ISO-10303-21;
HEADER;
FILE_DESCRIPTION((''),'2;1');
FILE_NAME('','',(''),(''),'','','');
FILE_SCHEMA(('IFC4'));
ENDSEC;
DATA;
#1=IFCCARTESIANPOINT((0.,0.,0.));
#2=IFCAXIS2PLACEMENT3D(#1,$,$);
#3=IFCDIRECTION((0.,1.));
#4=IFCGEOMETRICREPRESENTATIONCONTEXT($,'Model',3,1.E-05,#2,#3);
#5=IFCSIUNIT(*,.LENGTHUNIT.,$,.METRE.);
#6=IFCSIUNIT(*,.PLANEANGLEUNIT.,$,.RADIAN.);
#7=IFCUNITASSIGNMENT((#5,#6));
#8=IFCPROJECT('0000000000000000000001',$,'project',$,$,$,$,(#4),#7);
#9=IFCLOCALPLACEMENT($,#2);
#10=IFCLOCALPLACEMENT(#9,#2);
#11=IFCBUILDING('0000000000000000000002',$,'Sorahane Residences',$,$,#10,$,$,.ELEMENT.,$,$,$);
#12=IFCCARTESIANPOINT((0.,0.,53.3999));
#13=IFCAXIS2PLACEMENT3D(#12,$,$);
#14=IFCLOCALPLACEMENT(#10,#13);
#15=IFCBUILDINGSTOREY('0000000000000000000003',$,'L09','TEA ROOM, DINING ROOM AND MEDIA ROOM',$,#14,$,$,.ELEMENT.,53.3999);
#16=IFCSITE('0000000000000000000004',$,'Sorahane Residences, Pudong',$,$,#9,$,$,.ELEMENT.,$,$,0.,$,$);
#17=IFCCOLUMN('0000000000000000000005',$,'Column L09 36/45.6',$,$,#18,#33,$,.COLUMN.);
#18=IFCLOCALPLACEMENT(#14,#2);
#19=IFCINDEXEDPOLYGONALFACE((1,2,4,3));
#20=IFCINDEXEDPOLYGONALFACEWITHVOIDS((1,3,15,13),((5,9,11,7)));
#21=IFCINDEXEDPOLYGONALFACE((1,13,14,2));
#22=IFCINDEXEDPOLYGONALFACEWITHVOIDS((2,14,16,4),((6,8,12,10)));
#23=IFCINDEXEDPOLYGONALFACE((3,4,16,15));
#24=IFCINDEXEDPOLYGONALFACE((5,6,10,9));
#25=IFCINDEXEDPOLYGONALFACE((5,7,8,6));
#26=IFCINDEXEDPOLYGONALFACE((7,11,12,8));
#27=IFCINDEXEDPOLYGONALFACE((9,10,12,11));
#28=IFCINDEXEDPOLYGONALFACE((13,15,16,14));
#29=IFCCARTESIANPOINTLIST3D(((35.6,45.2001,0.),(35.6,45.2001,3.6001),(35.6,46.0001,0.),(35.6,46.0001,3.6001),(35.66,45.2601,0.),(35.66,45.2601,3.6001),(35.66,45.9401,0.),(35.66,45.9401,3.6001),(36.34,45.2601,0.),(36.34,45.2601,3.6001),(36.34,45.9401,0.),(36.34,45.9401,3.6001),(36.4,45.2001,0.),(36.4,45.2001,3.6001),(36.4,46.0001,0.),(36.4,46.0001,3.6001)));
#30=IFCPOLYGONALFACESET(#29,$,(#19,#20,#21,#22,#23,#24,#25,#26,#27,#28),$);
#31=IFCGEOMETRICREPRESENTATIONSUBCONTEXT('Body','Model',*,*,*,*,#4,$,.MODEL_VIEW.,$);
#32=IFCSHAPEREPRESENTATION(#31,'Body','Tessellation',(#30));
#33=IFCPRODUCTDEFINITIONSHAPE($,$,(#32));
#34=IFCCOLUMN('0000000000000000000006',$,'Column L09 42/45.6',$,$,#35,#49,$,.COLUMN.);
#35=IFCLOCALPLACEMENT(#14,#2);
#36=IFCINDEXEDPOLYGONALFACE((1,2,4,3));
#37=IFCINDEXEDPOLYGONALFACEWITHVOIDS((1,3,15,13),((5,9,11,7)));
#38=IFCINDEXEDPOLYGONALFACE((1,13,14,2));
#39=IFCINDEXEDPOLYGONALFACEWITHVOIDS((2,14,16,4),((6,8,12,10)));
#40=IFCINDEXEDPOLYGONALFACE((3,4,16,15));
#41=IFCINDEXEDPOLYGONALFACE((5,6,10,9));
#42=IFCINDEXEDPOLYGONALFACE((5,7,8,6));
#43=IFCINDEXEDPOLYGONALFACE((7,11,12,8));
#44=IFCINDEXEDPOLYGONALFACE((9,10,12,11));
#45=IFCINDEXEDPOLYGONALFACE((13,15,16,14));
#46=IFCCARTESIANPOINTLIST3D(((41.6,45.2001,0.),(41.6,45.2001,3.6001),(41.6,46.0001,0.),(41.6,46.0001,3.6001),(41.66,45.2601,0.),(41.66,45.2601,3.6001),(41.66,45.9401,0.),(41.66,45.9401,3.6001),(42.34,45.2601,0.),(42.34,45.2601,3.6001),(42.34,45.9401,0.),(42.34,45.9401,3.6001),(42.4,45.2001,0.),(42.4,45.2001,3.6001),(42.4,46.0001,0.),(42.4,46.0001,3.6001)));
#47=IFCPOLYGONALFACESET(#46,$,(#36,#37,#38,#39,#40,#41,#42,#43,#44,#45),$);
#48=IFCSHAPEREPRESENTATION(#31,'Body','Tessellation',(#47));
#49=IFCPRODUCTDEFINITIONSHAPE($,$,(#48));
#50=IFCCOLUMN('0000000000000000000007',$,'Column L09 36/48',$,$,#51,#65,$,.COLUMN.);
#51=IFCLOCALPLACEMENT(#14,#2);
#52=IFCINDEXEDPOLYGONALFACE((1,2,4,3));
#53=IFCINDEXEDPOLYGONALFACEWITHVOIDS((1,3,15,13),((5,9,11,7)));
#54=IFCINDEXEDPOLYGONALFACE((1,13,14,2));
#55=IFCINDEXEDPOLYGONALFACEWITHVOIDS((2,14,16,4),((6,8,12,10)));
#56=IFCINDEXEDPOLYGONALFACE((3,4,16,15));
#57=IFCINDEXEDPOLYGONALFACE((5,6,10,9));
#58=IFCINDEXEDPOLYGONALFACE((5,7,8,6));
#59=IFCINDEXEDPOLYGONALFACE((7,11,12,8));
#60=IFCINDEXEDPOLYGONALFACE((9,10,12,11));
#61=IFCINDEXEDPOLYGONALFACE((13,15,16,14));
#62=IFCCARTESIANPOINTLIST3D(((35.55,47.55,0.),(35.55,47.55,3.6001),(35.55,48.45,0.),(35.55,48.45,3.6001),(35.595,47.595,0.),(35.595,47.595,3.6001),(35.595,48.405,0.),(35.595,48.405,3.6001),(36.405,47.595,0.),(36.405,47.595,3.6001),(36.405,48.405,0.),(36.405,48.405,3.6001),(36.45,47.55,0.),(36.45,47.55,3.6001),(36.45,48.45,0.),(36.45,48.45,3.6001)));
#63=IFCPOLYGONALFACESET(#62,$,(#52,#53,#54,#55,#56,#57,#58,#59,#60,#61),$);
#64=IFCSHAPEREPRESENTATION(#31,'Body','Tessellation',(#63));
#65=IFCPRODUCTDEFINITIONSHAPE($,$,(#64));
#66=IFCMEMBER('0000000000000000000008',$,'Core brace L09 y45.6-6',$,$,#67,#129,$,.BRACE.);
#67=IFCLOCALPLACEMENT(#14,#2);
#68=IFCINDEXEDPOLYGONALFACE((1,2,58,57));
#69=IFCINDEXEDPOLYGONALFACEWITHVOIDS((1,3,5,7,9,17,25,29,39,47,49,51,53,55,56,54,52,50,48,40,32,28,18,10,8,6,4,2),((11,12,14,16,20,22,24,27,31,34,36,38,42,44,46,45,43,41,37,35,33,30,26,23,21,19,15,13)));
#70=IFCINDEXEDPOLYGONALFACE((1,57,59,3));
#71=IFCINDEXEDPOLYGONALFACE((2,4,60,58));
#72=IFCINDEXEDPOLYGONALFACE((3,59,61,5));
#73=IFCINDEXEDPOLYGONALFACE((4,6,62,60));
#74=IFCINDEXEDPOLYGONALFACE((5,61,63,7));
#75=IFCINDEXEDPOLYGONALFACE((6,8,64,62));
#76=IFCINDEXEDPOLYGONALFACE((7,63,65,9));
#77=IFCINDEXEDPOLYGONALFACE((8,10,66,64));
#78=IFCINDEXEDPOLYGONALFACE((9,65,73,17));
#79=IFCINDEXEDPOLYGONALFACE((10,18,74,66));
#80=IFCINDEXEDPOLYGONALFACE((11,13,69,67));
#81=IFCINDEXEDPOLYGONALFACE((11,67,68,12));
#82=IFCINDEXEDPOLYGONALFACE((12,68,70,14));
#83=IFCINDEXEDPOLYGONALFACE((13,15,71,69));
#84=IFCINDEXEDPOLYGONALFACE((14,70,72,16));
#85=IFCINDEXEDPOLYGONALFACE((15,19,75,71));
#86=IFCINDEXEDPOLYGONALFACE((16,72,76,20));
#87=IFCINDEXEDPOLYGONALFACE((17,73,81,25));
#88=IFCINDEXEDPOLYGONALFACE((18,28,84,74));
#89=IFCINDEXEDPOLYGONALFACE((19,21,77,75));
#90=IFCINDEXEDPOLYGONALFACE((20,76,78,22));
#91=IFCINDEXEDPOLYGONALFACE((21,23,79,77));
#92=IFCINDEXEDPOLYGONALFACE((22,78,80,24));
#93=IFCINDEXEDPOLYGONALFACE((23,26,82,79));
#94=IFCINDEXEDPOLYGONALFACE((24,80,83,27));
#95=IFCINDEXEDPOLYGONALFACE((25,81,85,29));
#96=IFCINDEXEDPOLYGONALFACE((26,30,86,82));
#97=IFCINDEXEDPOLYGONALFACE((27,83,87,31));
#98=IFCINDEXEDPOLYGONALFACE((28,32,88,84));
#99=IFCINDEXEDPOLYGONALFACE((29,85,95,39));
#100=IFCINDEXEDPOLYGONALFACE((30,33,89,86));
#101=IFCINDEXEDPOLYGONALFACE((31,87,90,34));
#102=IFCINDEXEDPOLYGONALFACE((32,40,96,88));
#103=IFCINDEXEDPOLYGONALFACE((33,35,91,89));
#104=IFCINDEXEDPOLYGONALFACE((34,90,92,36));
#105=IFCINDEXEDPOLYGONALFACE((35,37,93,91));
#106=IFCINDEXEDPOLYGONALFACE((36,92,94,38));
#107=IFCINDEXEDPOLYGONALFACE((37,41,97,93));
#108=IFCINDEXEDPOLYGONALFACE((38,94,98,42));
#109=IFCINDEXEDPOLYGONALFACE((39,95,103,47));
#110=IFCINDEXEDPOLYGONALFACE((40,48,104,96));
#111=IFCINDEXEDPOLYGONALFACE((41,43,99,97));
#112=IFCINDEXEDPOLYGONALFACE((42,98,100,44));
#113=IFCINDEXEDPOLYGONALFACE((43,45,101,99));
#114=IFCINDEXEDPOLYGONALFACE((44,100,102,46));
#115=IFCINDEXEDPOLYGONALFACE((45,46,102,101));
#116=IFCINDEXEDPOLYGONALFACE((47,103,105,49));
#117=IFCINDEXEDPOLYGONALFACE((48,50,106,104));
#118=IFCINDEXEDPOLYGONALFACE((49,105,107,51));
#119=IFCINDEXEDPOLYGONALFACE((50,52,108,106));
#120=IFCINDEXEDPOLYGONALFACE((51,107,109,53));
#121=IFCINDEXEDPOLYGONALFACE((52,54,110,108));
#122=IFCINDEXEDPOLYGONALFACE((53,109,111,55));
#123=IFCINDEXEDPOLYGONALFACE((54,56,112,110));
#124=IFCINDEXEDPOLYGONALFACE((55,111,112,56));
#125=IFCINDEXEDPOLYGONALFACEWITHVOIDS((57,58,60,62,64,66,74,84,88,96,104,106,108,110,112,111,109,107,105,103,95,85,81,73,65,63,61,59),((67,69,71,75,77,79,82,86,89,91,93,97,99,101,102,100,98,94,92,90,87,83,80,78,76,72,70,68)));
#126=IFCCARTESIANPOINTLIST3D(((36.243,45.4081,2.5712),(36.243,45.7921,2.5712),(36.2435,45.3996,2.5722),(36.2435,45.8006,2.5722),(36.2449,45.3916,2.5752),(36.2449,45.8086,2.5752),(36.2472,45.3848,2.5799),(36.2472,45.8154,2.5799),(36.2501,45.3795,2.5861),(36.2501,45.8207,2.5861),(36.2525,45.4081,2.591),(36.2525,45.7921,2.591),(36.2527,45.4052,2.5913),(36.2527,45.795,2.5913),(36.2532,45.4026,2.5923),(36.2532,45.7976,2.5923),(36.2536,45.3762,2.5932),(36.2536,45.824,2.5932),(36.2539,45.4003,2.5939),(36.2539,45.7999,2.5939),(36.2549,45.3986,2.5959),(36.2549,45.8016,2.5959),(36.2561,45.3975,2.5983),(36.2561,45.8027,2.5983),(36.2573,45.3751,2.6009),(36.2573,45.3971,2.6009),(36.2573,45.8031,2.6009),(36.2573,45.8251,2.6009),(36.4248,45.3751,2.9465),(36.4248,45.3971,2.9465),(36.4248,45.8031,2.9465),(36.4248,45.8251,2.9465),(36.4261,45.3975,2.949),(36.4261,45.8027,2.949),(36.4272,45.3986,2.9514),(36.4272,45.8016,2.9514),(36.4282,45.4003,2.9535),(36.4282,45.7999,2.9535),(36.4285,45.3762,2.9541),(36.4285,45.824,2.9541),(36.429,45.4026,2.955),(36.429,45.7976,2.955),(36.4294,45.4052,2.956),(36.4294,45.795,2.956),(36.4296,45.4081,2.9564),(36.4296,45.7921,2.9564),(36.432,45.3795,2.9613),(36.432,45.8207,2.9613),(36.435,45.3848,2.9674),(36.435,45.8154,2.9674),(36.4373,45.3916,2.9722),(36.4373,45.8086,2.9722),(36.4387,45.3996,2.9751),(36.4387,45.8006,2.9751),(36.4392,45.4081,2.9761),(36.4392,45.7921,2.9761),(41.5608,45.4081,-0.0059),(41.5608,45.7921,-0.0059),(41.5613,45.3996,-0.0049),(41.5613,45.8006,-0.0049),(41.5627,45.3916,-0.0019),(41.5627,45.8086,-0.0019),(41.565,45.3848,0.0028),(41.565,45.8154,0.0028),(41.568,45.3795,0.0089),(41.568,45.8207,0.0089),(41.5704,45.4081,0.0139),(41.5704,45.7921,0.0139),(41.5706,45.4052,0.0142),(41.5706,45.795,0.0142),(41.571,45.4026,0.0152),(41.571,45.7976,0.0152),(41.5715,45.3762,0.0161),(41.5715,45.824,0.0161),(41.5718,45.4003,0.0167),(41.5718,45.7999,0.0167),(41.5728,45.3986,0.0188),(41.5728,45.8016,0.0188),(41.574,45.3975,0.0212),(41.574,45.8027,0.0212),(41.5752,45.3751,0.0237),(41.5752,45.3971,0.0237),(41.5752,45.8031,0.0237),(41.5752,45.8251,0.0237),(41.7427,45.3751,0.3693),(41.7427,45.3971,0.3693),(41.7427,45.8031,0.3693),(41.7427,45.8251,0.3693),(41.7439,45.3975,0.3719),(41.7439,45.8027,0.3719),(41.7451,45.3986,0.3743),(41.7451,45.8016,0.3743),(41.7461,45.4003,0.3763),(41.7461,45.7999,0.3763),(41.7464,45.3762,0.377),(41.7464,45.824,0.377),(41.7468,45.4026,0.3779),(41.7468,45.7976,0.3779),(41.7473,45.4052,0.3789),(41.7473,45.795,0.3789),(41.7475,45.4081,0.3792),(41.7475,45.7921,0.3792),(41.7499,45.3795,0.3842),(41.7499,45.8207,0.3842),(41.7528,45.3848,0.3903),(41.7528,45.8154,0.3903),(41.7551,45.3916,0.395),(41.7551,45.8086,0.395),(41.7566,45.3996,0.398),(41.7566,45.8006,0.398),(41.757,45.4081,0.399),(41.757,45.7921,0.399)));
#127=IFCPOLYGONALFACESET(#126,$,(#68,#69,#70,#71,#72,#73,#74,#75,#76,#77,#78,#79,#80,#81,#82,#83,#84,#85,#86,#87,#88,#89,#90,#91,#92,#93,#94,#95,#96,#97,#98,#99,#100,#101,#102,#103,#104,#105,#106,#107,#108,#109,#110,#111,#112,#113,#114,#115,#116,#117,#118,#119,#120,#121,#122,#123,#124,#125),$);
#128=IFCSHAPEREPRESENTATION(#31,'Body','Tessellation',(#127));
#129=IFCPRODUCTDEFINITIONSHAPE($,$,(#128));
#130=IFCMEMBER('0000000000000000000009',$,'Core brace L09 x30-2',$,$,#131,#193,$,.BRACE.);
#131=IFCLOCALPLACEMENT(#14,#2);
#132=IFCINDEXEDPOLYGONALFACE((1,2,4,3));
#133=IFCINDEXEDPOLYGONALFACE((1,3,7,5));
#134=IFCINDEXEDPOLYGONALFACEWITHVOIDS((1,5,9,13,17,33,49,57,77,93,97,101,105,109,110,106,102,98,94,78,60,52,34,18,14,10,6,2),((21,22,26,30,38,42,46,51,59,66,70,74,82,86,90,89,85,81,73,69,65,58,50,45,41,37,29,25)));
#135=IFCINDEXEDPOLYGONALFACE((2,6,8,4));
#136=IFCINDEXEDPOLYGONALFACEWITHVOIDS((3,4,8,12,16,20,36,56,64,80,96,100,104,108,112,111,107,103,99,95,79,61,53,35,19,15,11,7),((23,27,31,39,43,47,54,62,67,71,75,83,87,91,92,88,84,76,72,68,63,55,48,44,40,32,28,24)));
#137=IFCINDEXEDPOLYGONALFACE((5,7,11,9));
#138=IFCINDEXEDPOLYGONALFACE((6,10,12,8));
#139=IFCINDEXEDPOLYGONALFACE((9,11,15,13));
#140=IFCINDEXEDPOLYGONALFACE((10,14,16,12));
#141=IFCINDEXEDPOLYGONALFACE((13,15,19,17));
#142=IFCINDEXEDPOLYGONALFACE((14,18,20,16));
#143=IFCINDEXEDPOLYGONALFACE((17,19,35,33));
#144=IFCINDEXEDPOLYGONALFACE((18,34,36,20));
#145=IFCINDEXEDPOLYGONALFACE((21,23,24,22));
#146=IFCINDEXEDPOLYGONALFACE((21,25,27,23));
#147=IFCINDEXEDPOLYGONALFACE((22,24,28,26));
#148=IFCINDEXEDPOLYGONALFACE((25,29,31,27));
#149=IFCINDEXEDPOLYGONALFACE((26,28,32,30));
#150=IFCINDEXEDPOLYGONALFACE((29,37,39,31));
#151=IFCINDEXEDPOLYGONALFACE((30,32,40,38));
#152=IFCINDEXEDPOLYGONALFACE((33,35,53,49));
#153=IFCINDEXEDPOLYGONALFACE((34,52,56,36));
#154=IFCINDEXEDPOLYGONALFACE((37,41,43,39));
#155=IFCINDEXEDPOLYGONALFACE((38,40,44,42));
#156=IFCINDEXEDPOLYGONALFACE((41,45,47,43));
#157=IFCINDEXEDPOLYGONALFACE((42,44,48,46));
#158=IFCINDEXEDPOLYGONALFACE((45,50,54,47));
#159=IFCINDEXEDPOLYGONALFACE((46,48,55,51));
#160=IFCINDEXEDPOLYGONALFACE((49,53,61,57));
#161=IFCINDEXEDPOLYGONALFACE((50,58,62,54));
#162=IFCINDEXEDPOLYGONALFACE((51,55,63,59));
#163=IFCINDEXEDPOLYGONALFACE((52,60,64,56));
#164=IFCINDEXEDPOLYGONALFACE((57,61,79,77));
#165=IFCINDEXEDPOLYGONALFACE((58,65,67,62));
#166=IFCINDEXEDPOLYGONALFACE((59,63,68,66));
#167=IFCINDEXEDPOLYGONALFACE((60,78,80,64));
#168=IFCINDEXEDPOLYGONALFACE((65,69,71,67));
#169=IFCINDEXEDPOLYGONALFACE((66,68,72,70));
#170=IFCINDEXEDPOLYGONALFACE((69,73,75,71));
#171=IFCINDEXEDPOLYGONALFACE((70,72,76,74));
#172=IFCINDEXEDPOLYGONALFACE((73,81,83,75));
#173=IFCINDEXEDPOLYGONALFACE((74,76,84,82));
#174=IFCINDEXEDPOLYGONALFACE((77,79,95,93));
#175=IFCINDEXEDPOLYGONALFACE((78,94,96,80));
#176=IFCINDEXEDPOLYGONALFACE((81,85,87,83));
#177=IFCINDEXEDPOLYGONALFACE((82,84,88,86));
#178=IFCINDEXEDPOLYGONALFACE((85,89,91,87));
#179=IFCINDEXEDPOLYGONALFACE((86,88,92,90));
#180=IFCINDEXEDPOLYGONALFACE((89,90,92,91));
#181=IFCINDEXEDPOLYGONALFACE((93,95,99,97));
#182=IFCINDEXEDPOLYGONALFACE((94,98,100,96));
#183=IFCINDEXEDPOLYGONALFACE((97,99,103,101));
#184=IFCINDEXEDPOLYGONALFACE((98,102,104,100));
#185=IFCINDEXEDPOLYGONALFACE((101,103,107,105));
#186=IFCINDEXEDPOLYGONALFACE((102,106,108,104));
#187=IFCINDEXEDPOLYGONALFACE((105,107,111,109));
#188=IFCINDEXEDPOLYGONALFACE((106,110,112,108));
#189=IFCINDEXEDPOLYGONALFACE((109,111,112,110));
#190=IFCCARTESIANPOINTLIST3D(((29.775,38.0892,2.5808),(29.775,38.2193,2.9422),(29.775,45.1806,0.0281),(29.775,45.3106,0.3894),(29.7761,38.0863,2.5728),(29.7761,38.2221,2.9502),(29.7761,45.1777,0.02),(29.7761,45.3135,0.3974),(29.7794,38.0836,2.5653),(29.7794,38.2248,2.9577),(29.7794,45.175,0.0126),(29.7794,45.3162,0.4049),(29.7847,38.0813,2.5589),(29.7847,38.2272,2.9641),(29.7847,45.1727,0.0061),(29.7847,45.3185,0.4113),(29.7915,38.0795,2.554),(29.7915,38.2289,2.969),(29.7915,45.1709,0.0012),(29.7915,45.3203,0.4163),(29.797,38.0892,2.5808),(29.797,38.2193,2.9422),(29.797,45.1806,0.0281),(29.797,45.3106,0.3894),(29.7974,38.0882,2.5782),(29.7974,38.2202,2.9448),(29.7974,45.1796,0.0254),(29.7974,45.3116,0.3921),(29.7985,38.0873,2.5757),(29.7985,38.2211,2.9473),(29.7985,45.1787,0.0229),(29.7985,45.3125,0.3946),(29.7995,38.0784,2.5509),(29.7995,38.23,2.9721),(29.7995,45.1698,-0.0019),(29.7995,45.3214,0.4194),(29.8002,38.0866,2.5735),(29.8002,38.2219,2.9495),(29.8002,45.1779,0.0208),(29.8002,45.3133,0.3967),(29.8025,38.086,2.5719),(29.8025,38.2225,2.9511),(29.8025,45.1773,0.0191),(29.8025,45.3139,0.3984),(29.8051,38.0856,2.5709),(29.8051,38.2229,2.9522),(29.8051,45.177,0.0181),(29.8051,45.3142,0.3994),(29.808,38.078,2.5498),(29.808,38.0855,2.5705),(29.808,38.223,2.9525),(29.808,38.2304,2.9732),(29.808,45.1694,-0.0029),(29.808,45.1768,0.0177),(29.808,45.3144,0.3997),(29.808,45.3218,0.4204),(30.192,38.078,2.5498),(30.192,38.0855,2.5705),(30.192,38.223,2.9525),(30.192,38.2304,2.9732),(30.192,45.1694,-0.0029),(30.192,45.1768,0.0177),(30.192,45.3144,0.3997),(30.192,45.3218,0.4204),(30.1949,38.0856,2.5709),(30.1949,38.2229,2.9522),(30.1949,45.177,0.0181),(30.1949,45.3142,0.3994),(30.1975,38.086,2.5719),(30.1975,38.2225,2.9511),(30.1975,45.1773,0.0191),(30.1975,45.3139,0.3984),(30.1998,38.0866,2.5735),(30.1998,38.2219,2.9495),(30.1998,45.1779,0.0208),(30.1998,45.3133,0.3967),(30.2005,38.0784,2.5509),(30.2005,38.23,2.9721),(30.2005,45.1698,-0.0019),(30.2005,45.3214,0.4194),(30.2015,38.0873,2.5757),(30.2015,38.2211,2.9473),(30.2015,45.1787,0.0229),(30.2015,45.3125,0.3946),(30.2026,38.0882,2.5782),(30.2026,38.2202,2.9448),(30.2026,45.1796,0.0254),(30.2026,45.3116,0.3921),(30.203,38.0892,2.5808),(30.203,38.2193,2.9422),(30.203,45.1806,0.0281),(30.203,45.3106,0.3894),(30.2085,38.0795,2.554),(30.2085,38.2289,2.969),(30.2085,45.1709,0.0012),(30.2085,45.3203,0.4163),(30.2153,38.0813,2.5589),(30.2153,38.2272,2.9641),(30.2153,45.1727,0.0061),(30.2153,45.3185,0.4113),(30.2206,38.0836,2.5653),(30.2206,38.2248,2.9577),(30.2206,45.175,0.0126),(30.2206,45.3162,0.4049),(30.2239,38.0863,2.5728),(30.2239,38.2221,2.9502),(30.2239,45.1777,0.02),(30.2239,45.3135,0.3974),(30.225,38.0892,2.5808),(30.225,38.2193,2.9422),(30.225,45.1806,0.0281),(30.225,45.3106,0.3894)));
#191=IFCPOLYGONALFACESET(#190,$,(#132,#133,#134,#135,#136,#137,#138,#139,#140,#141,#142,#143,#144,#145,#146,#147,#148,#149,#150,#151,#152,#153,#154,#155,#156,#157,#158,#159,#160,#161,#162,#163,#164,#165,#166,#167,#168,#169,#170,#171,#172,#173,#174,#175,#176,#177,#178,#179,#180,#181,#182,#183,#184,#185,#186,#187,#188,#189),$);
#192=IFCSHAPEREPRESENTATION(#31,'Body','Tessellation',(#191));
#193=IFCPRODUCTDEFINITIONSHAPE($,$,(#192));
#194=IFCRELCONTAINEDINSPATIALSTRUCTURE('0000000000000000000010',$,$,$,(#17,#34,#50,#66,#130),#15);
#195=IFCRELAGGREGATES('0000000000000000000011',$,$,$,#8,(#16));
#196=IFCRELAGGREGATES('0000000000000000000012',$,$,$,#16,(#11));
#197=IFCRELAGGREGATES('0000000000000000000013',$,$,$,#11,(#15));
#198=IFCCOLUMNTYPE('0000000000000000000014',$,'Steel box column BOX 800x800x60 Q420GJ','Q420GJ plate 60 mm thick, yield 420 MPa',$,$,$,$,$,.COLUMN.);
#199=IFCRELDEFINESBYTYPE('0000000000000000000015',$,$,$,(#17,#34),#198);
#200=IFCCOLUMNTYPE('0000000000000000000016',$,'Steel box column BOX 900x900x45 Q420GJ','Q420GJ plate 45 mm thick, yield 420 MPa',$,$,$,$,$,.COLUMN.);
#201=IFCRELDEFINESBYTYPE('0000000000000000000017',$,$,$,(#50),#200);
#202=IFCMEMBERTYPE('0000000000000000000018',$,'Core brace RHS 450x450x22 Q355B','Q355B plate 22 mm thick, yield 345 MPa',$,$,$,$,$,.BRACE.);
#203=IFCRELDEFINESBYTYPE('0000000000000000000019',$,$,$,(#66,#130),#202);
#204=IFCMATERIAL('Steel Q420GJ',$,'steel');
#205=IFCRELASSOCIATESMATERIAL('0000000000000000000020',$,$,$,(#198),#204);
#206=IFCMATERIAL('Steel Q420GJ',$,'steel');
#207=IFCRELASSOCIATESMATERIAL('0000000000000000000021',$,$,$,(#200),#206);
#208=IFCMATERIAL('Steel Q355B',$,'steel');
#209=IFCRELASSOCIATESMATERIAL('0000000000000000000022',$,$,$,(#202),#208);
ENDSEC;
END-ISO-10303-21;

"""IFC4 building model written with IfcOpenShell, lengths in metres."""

from ifc_helpers import new_model, si_unit, direction, frame, origin, origin_2d, place, context, subcontext, project, spatial, hollow_rectangle, extrude, material, material_profile, profile_set, type_object, element, save


model = new_model("IFC4")

# Units and contexts
model_context = context("Model", 3, precision=1e-05, world=origin(), true_north=direction((0.0, 1.0)))
body_context = subcontext(model_context, "Body", "Model", "MODEL_VIEW")
ifc_project = project(units=[si_unit("LENGTHUNIT", "METRE"), si_unit("PLANEANGLEUNIT", "RADIAN")], contexts=[model_context])

# Site, building, storey
site_placement = place(None, origin())
site = spatial("IfcSite", under=ifc_project, at=site_placement, Name="Sorahane Residences, Pudong", CompositionType="ELEMENT", RefElevation=0.0)
building_placement = place(site_placement, origin())
building = spatial("IfcBuilding", under=site, at=building_placement, Name="Sorahane Residences", CompositionType="ELEMENT")
storey_placement = place(building_placement, frame((0.0, 0.0, 53.3999)))
storey = spatial("IfcBuildingStorey", under=building, at=storey_placement, Name="L09", Description="TEA ROOM, DINING ROOM AND MEDIA ROOM", CompositionType="ELEMENT", Elevation=53.3999)

# Columns
ifc_material_1 = material(Name="Steel Q420GJ", Category="steel")
ifc_material_profile_1 = material_profile(ifc_material_1, hollow_rectangle(XDim=0.8, YDim=0.8, WallThickness=0.0601, at=origin_2d()), Name="BOX 800x800x60")
ifc_profile_set_1 = profile_set([ifc_material_profile_1], Name="Steel Q420GJ")
column_type_1 = type_object("IfcColumnType", Name="Steel box column BOX 800x800x60 Q420GJ", Description="Q420GJ plate 60 mm thick, yield 420 MPa", PredefinedType="COLUMN", material=ifc_profile_set_1)
for number, where, z_axis, x_axis, name in (
    (1, (36.0, 45.6001, 0.0), (0.0, 0.0, 1.0), (1.0, 0.0, 0.0), "Column L09 36/45.6"),
    (2, (42.0, 45.6001, 0.0), (0.0, 0.0, 1.0), (1.0, 0.0, 0.0), "Column L09 42/45.6"),
):
    element("IfcColumn", number, at=place(storey_placement, frame(where, z_axis=z_axis, x_axis=x_axis)), inside=storey, type_object=column_type_1, Name=name, PredefinedType="COLUMN", context=body_context, shape_type="SweptSolid", body=[
        extrude(hollow_rectangle(XDim=0.8, YDim=0.8, WallThickness=0.0601, at=origin_2d()), origin(), (0.0, 0.0, 1.0), 3.6001),
    ])
ifc_material_2 = material(Name="Steel Q420GJ", Category="steel")
ifc_material_profile_2 = material_profile(ifc_material_2, hollow_rectangle(XDim=0.8999, YDim=0.8999, WallThickness=0.0449, at=origin_2d()), Name="BOX 900x900x45")
ifc_profile_set_2 = profile_set([ifc_material_profile_2], Name="Steel Q420GJ")
column_type_2 = type_object("IfcColumnType", Name="Steel box column BOX 900x900x45 Q420GJ", Description="Q420GJ plate 45 mm thick, yield 420 MPa", PredefinedType="COLUMN", material=ifc_profile_set_2)
column_placement = place(storey_placement, frame((36.0, 48.0, 0.0), z_axis=(0.0, 0.0, 1.0), x_axis=(1.0, 0.0, 0.0)))
element("IfcColumn", 3, at=column_placement, inside=storey, type_object=column_type_2, Name="Column L09 36/48", PredefinedType="COLUMN", context=body_context, shape_type="SweptSolid", body=[
    extrude(hollow_rectangle(XDim=0.8999, YDim=0.8999, WallThickness=0.0449, at=origin_2d()), origin(), (0.0, 0.0, 1.0), 3.6001),
])

# Members
ifc_material_3 = material(Name="Steel Q355B", Category="steel")
ifc_material_profile_3 = material_profile(ifc_material_3, hollow_rectangle(XDim=0.45, YDim=0.45, WallThickness=0.022, InnerFilletRadius=0.011, OuterFilletRadius=0.033, at=origin_2d()), Name="RHS 450x450x22")
ifc_profile_set_3 = profile_set([ifc_material_profile_3], Name="Steel Q355B")
member_type_1 = type_object("IfcMemberType", Name="Core brace RHS 450x450x22 Q355B", Description="Q355B plate 22 mm thick, yield 345 MPa", PredefinedType="BRACE", material=ifc_profile_set_3)
member_1_placement = place(storey_placement, frame((41.6589, 45.6001, 0.1965), z_axis=(-0.899895, 0.0, 0.436107), x_axis=(0.0, -1.0, 0.0)))
element("IfcMember", 4, at=member_1_placement, inside=storey, type_object=member_type_1, Name="Core brace L09 y45.6-6", PredefinedType="BRACE", context=body_context, shape_type="SweptSolid", body=[
    extrude(hollow_rectangle(XDim=0.45, YDim=0.45, WallThickness=0.022, InnerFilletRadius=0.011, OuterFilletRadius=0.033, at=origin_2d()), origin(), (0.0, 0.0, 1.0), 5.9094),
])
member_2_placement = place(storey_placement, frame((30.0, 45.2456, 0.2087), z_axis=(0.0, -0.940893, 0.338703), x_axis=(1.0, 0.0, 0.0)))
element("IfcMember", 5, at=member_2_placement, inside=storey, type_object=member_type_1, Name="Core brace L09 x30-2", PredefinedType="BRACE", context=body_context, shape_type="SweptSolid", body=[
    extrude(hollow_rectangle(XDim=0.45, YDim=0.45, WallThickness=0.022, InnerFilletRadius=0.011, OuterFilletRadius=0.033, at=origin_2d()), origin(), (0.0, 0.0, 1.0), 7.5369),
])

save(model, "model.ifc")
